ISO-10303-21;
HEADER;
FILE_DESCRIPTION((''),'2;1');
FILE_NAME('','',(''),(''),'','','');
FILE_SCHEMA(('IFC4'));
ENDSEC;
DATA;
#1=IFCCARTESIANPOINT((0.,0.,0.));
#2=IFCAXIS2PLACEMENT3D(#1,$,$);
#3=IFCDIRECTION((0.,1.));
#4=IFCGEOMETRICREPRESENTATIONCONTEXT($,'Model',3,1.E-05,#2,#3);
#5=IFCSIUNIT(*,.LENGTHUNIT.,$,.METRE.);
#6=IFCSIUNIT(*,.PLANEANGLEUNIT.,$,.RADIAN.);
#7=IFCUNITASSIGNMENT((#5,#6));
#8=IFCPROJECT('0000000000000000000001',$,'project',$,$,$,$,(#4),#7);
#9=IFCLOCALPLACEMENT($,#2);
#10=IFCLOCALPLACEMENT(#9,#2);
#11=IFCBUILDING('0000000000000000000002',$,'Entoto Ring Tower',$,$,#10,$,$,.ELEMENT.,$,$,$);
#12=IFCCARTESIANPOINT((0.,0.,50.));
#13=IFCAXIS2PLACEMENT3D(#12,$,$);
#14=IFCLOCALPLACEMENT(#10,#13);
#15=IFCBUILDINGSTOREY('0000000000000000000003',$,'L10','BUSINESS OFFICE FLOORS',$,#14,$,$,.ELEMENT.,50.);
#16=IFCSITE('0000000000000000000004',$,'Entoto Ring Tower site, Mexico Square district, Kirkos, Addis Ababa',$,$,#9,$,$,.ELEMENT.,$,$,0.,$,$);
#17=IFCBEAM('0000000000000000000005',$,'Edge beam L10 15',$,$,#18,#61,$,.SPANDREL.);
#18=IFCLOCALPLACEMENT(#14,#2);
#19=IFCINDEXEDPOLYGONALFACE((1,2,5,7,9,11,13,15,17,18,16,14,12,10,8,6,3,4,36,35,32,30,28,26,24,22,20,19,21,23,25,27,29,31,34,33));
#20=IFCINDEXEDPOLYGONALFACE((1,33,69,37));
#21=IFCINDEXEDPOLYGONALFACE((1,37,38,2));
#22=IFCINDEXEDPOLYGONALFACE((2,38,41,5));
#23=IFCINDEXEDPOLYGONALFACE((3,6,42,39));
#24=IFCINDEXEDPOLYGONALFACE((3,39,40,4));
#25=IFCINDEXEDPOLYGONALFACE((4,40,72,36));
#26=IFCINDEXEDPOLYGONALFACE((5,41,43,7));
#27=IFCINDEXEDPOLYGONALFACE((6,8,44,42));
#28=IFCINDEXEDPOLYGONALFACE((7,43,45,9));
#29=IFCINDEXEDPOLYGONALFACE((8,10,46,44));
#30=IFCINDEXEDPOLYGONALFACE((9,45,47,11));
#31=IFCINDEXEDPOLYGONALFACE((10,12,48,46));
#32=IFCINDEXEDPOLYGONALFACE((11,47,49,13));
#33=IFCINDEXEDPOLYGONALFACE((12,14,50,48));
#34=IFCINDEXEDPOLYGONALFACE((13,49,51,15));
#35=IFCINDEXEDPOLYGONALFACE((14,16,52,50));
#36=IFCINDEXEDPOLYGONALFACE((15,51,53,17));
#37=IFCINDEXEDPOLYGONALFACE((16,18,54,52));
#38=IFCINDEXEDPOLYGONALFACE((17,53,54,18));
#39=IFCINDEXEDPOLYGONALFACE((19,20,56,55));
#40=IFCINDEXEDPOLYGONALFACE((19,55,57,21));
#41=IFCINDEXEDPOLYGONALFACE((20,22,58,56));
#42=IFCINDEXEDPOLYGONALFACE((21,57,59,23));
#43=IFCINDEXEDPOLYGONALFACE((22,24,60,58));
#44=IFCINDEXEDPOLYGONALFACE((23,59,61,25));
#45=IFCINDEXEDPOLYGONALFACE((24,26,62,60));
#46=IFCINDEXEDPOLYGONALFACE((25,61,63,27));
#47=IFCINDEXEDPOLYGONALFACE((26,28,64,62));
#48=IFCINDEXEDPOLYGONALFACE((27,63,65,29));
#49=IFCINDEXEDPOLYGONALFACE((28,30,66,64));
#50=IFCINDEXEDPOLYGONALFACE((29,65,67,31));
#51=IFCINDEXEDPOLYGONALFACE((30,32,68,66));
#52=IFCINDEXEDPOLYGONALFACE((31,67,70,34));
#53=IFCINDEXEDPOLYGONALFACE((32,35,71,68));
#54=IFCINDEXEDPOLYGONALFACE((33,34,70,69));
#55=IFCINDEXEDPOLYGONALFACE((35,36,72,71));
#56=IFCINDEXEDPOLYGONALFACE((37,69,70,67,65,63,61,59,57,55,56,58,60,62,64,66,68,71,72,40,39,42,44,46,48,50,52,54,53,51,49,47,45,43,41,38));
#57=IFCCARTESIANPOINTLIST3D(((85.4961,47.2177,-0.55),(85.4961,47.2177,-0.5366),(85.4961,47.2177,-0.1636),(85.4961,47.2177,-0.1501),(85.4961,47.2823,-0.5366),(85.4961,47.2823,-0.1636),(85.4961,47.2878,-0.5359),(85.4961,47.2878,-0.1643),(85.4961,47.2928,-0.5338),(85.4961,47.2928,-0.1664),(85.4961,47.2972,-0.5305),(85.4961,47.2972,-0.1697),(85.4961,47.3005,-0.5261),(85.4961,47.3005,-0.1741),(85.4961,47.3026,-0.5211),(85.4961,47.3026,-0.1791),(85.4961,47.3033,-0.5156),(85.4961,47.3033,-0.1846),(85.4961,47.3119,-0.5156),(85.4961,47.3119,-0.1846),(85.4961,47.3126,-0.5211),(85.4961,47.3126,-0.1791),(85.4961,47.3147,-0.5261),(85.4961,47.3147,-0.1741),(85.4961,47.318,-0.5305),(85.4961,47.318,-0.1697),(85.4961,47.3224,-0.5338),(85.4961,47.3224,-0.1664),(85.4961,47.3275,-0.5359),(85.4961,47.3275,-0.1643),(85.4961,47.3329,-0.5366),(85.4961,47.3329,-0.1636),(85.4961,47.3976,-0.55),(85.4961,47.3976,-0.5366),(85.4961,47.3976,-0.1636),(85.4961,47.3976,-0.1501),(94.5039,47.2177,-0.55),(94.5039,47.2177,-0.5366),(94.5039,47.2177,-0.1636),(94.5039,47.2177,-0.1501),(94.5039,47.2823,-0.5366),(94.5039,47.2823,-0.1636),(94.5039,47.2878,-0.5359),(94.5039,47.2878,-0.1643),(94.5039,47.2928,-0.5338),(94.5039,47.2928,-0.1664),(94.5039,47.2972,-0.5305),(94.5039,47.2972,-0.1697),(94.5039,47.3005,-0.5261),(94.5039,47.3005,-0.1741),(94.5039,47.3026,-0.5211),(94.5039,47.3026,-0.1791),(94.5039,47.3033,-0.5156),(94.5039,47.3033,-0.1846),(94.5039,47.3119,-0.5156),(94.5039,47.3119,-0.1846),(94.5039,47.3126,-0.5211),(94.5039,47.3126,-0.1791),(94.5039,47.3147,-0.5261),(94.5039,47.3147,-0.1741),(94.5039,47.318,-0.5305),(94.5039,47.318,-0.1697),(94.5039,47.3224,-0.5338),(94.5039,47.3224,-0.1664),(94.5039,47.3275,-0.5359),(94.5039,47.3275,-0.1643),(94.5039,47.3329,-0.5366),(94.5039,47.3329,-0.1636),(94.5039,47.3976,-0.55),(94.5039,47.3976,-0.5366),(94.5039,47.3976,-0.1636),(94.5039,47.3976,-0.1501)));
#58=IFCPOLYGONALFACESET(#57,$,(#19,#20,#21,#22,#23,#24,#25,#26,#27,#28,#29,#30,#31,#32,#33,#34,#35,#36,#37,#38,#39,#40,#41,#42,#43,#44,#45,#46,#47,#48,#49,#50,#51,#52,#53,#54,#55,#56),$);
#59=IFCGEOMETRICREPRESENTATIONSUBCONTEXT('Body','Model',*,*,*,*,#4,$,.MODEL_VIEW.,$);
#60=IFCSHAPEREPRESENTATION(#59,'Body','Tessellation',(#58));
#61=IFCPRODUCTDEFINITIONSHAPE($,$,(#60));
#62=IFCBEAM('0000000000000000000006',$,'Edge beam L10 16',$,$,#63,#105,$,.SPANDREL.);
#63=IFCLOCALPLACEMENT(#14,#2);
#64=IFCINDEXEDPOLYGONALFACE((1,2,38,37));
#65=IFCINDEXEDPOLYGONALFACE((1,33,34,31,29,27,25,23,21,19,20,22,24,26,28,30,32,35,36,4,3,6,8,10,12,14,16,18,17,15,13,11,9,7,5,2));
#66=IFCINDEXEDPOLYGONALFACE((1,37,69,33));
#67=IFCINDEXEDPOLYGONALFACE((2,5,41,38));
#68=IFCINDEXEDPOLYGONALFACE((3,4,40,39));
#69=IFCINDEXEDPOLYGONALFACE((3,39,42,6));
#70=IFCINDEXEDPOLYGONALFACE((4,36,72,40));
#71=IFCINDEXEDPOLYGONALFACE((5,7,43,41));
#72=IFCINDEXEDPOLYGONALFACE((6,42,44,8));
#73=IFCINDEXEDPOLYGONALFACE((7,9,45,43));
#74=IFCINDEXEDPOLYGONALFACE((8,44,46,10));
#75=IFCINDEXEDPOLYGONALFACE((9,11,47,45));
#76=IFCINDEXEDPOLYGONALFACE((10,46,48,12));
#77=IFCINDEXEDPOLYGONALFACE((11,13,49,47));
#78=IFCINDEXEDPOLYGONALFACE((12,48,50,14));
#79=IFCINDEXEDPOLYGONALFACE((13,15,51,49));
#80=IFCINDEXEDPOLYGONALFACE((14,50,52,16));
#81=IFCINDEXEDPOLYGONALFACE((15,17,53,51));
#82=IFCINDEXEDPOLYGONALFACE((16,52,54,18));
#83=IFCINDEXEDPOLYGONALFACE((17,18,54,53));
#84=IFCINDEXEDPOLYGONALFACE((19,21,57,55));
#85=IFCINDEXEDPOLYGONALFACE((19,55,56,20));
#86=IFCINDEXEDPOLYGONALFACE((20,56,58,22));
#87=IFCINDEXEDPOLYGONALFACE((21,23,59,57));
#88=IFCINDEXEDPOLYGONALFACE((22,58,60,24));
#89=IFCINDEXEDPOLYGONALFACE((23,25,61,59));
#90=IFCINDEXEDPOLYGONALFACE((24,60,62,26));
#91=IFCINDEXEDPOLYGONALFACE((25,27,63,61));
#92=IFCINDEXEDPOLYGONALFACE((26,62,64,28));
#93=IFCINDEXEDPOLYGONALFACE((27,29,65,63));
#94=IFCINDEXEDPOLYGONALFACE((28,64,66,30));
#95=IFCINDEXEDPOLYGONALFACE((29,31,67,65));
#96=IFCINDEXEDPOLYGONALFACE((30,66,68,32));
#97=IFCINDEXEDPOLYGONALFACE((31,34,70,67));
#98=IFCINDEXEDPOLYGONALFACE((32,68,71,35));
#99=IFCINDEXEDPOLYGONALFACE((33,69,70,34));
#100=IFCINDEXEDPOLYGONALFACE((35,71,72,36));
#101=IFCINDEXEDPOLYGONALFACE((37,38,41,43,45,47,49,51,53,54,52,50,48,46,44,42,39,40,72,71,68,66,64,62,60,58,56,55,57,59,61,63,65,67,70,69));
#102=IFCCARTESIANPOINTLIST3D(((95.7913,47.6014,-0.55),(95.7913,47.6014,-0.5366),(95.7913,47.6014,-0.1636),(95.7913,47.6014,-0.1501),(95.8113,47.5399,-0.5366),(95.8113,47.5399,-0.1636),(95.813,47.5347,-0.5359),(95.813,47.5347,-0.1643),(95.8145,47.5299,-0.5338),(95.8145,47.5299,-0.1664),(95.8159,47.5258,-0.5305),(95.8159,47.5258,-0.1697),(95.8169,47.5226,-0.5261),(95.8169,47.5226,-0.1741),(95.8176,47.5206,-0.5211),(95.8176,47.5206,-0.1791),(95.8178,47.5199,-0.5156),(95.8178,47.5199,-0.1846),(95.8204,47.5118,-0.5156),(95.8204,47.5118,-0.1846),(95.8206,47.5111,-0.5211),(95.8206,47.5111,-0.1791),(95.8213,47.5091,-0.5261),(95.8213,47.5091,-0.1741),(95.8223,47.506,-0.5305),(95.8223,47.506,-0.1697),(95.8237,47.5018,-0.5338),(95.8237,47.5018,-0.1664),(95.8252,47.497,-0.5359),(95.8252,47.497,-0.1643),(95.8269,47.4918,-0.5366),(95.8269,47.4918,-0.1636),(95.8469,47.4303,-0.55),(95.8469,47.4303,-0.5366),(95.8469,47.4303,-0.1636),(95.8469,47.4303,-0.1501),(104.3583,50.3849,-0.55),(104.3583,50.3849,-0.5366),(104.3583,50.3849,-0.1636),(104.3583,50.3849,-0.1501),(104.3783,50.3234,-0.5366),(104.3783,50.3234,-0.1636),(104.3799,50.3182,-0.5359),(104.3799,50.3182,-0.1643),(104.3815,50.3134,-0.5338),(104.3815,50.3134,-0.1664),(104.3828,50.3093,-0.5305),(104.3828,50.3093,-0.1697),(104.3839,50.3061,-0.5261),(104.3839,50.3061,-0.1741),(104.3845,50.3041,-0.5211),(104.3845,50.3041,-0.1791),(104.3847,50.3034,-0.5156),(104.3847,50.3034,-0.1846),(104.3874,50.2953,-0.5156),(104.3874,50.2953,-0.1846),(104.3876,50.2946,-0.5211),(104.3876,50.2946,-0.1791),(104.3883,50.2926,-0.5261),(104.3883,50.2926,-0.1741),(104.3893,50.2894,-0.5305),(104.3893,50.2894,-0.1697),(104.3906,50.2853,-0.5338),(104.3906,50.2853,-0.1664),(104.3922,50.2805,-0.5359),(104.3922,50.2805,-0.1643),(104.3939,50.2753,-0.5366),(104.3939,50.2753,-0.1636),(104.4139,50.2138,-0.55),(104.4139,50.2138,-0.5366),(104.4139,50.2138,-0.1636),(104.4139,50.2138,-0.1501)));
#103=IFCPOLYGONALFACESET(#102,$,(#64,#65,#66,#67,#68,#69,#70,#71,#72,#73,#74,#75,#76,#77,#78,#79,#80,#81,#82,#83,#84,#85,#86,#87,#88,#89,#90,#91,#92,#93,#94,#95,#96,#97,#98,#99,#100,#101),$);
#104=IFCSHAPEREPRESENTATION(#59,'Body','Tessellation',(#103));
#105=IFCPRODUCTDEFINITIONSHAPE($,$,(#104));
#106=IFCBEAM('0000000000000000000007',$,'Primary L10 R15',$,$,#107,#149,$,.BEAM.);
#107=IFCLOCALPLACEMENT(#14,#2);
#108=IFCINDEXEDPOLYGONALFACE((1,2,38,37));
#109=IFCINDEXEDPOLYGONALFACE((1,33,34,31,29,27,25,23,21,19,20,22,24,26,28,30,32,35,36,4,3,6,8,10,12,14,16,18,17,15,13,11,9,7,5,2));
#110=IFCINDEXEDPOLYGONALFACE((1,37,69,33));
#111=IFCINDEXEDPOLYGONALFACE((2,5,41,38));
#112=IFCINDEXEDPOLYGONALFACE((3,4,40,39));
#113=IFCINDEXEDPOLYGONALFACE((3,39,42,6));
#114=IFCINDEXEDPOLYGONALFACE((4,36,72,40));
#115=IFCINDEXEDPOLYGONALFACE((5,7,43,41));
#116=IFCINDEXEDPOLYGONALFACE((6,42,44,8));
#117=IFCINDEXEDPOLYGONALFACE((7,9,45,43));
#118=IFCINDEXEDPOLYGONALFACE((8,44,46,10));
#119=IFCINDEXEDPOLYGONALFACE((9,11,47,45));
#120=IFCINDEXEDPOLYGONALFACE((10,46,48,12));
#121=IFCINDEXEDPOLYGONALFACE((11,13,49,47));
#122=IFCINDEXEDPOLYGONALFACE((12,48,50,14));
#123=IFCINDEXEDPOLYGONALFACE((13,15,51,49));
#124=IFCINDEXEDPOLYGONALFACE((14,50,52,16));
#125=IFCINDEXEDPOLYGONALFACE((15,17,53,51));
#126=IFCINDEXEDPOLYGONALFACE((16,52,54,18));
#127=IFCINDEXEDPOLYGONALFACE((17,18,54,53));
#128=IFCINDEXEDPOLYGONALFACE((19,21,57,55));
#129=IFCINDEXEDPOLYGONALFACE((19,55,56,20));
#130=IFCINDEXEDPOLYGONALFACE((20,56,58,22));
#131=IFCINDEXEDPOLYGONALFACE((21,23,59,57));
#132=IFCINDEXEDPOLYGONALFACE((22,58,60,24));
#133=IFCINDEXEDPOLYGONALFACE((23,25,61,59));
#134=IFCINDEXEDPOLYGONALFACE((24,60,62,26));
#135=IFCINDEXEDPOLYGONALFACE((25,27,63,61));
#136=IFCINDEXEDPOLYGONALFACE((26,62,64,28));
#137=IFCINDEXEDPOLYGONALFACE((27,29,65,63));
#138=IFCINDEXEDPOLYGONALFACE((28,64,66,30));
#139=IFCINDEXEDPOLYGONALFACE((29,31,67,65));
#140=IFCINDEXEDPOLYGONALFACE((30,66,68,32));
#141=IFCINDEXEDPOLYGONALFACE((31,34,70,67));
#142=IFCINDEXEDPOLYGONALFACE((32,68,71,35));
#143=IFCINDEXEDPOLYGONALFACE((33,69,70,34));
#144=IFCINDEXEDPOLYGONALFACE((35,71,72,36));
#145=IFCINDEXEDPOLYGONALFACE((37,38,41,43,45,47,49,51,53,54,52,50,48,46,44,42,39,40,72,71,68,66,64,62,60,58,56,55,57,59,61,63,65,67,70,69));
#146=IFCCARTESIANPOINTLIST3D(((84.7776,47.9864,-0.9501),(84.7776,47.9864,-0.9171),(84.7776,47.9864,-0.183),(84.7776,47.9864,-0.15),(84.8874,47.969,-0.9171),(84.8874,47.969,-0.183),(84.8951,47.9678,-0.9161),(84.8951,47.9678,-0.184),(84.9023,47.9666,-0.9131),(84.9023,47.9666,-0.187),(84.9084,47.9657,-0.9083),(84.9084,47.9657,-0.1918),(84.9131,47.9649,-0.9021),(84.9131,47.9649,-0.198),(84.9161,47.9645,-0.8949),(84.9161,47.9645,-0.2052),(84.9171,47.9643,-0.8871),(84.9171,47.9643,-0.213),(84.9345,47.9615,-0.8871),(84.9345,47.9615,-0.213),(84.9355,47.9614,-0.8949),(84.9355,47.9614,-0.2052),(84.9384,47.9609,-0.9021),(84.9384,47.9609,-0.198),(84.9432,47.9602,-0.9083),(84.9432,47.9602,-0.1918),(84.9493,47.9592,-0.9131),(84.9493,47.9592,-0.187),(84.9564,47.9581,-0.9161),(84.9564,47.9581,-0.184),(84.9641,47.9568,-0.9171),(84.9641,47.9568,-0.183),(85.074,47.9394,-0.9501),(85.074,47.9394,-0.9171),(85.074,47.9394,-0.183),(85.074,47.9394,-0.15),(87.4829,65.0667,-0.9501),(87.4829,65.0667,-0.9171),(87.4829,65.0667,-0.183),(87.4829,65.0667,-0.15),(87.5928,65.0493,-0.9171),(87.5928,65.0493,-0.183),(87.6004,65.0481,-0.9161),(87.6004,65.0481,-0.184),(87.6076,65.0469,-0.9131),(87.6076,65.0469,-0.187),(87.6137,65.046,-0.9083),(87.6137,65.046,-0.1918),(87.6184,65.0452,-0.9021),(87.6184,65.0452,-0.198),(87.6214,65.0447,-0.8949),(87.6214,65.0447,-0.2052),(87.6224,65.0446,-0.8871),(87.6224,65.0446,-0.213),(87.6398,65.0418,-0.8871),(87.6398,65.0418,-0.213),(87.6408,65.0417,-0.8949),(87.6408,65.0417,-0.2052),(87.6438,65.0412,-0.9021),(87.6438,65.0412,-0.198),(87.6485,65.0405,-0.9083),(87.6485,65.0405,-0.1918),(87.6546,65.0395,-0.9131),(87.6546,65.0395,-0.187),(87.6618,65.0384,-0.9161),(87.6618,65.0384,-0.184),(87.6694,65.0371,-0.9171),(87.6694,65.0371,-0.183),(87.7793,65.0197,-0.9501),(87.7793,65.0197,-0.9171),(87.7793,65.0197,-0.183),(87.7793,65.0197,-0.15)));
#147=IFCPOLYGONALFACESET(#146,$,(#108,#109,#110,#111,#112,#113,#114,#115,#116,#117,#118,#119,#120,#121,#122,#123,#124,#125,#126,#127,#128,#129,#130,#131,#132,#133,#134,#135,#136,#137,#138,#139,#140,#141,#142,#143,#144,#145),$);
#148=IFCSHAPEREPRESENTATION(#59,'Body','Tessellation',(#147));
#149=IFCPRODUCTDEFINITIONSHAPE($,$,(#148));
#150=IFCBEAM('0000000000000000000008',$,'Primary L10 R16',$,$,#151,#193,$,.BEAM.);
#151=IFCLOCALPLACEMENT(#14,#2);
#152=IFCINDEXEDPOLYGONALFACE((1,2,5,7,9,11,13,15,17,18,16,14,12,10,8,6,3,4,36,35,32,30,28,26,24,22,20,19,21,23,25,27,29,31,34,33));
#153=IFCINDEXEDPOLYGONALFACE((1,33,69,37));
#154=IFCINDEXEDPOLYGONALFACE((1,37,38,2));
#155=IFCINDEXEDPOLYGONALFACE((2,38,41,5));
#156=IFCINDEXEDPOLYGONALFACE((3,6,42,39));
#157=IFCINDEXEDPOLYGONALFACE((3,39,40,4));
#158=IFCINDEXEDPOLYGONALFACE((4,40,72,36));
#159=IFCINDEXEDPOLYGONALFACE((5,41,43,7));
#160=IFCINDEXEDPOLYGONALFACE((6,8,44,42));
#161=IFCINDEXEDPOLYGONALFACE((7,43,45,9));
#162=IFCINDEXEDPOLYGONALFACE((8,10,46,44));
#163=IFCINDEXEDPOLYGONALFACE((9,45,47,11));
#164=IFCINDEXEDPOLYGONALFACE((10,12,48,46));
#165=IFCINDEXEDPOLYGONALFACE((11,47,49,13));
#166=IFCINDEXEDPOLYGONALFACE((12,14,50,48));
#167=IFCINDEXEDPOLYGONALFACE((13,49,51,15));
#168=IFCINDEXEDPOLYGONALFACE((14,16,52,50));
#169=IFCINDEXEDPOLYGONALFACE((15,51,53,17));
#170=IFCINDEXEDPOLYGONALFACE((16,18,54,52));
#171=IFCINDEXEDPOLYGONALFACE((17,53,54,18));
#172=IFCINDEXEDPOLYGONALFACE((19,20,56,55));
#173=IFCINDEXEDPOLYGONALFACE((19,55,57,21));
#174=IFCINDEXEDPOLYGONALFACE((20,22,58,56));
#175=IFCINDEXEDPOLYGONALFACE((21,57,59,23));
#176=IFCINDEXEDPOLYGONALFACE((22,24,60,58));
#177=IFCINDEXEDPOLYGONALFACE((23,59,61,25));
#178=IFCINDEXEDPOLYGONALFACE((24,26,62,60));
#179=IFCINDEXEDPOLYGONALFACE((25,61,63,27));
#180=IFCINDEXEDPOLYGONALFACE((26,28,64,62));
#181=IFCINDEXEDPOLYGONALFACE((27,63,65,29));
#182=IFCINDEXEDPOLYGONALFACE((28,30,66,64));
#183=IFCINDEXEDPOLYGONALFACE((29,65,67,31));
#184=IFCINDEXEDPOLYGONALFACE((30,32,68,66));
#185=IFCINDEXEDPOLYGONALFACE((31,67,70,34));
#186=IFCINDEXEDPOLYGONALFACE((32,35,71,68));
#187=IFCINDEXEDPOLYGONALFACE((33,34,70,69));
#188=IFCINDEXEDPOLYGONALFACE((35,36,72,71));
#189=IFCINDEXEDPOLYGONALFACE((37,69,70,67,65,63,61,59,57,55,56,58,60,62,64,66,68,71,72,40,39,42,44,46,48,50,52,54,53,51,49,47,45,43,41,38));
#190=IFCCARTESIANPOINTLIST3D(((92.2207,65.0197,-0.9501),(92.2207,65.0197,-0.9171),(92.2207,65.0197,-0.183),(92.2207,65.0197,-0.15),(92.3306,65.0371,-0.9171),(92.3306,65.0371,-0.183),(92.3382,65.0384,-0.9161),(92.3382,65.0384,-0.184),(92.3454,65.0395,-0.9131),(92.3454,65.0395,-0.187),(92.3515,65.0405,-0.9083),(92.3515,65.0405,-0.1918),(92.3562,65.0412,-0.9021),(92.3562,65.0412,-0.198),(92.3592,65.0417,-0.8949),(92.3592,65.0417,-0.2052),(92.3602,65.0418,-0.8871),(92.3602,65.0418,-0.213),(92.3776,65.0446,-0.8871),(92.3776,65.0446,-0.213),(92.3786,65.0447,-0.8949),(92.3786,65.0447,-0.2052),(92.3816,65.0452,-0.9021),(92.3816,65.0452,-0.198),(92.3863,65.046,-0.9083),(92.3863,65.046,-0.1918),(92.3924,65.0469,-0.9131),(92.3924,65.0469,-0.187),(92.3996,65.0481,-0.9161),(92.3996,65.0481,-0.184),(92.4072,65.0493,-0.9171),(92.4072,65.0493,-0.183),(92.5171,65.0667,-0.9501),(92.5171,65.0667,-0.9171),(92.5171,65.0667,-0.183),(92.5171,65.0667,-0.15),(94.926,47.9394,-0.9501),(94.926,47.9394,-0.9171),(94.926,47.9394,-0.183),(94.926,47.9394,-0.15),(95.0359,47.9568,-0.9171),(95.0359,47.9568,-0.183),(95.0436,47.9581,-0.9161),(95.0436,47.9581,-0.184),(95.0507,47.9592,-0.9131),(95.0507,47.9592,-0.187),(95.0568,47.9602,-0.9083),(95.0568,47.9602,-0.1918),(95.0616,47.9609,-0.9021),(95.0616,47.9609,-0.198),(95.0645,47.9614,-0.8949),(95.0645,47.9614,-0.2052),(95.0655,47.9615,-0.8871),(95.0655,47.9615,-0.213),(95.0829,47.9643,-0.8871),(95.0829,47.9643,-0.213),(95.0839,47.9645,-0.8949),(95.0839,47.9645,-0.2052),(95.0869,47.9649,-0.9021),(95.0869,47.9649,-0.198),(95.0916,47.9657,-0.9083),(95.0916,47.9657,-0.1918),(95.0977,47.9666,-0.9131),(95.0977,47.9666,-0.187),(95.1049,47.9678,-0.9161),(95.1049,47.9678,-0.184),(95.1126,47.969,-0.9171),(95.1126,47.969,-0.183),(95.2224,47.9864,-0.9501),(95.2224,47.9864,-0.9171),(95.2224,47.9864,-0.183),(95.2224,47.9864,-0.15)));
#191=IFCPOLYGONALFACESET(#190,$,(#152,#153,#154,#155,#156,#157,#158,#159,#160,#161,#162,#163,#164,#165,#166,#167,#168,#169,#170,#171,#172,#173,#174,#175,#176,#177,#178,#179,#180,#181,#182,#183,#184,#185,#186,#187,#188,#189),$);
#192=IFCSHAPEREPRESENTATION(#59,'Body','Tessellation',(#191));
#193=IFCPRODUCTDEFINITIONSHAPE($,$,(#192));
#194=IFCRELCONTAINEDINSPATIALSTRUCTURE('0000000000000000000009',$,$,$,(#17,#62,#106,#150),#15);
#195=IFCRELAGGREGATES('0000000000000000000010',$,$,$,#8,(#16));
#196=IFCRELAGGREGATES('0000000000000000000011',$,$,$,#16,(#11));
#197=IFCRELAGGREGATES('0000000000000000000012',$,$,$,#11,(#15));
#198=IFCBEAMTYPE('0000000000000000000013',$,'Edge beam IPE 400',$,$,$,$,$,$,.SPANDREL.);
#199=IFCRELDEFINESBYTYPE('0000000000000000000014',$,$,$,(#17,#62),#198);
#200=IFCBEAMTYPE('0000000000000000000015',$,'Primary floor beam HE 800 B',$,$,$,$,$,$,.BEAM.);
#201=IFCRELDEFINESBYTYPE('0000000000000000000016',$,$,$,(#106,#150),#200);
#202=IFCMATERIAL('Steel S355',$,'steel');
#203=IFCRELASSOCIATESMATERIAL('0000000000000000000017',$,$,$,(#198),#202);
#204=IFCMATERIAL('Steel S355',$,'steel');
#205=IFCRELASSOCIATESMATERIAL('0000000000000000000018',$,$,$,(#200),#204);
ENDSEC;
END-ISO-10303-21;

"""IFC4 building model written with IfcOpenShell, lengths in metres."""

from ifc_helpers import new_model, si_unit, direction, frame, origin, origin_2d, place, context, subcontext, project, spatial, i_section, extrude, material, material_profile, profile_set, type_object, element, save


model = new_model("IFC4")

# Units and contexts
model_context = context("Model", 3, precision=1e-05, world=origin(), true_north=direction((0.0, 1.0)))
body_context = subcontext(model_context, "Body", "Model", "MODEL_VIEW")
ifc_project = project(units=[si_unit("LENGTHUNIT", "METRE"), si_unit("PLANEANGLEUNIT", "RADIAN")], contexts=[model_context])

# Site, building, storey
site_placement = place(None, origin())
site = spatial("IfcSite", under=ifc_project, at=site_placement, Name="Entoto Ring Tower site, Mexico Square district, Kirkos, Addis Ababa", CompositionType="ELEMENT", RefElevation=0.0)
building_placement = place(site_placement, origin())
building = spatial("IfcBuilding", under=site, at=building_placement, Name="Entoto Ring Tower", CompositionType="ELEMENT")
storey_placement = place(building_placement, frame((0.0, 0.0, 50.0)))
storey = spatial("IfcBuildingStorey", under=building, at=storey_placement, Name="L10", Description="BUSINESS OFFICE FLOORS", CompositionType="ELEMENT", Elevation=50.0)

# Beams
ifc_material_1 = material(Name="Steel S355", Category="steel")
ifc_material_profile_1 = material_profile(ifc_material_1, i_section(OverallWidth=0.1799, OverallDepth=0.3999, WebThickness=0.0085, FlangeThickness=0.0134, FilletRadius=0.021, at=origin_2d()), Name="IPE 400")
ifc_profile_set_1 = profile_set([ifc_material_profile_1], Name="Steel S355")
beam_type_1 = type_object("IfcBeamType", Name="Edge beam IPE 400", PredefinedType="SPANDREL", material=ifc_profile_set_1)
for number, where, z_axis, x_axis, name in (
    (1, (85.4961, 47.3076, -0.3501), (1.0, 0.0, 0.0), (0.0, 1.0, 0.0), "Edge beam L10 15"),
    (2, (95.8191, 47.5159, -0.3501), (0.95106, 0.309006, 0.0), (-0.309006, 0.95106, 0.0), "Edge beam L10 16"),
):
    element("IfcBeam", number, at=place(storey_placement, frame(where, z_axis=z_axis, x_axis=x_axis)), inside=storey, type_object=beam_type_1, Name=name, PredefinedType="SPANDREL", context=body_context, shape_type="SweptSolid", body=[
        extrude(i_section(OverallWidth=0.1799, OverallDepth=0.3999, WebThickness=0.0085, FlangeThickness=0.0134, FilletRadius=0.021, at=origin_2d()), origin(), (0.0, 0.0, 1.0), 9.0078),
    ])
ifc_material_2 = material(Name="Steel S355", Category="steel")
ifc_material_profile_2 = material_profile(ifc_material_2, i_section(OverallWidth=0.3, OverallDepth=0.8, WebThickness=0.0176, FlangeThickness=0.033, FilletRadius=0.03, at=origin_2d()), Name="HE 800 B")
ifc_profile_set_2 = profile_set([ifc_material_profile_2], Name="Steel S355")
beam_type_2 = type_object("IfcBeamType", Name="Primary floor beam HE 800 B", PredefinedType="BEAM", material=ifc_profile_set_2)
for number, where, z_axis, x_axis, name in (
    (3, (87.6311, 65.0432, -0.55), (-0.156438, -0.987688, 0.0), (0.987688, -0.156438, 0.0), "Primary L10 R15"),
    (4, (92.3689, 65.0432, -0.55), (0.156438, -0.987688, 0.0), (0.987688, 0.156438, 0.0), "Primary L10 R16"),
):
    element("IfcBeam", number, at=place(storey_placement, frame(where, z_axis=z_axis, x_axis=x_axis)), inside=storey, type_object=beam_type_2, Name=name, PredefinedType="BEAM", context=body_context, shape_type="SweptSolid", body=[
        extrude(i_section(OverallWidth=0.3, OverallDepth=0.8, WebThickness=0.0176, FlangeThickness=0.033, FilletRadius=0.03, at=origin_2d()), origin(), (0.0, 0.0, 1.0), 17.2932),
    ])

save(model, "model.ifc")
